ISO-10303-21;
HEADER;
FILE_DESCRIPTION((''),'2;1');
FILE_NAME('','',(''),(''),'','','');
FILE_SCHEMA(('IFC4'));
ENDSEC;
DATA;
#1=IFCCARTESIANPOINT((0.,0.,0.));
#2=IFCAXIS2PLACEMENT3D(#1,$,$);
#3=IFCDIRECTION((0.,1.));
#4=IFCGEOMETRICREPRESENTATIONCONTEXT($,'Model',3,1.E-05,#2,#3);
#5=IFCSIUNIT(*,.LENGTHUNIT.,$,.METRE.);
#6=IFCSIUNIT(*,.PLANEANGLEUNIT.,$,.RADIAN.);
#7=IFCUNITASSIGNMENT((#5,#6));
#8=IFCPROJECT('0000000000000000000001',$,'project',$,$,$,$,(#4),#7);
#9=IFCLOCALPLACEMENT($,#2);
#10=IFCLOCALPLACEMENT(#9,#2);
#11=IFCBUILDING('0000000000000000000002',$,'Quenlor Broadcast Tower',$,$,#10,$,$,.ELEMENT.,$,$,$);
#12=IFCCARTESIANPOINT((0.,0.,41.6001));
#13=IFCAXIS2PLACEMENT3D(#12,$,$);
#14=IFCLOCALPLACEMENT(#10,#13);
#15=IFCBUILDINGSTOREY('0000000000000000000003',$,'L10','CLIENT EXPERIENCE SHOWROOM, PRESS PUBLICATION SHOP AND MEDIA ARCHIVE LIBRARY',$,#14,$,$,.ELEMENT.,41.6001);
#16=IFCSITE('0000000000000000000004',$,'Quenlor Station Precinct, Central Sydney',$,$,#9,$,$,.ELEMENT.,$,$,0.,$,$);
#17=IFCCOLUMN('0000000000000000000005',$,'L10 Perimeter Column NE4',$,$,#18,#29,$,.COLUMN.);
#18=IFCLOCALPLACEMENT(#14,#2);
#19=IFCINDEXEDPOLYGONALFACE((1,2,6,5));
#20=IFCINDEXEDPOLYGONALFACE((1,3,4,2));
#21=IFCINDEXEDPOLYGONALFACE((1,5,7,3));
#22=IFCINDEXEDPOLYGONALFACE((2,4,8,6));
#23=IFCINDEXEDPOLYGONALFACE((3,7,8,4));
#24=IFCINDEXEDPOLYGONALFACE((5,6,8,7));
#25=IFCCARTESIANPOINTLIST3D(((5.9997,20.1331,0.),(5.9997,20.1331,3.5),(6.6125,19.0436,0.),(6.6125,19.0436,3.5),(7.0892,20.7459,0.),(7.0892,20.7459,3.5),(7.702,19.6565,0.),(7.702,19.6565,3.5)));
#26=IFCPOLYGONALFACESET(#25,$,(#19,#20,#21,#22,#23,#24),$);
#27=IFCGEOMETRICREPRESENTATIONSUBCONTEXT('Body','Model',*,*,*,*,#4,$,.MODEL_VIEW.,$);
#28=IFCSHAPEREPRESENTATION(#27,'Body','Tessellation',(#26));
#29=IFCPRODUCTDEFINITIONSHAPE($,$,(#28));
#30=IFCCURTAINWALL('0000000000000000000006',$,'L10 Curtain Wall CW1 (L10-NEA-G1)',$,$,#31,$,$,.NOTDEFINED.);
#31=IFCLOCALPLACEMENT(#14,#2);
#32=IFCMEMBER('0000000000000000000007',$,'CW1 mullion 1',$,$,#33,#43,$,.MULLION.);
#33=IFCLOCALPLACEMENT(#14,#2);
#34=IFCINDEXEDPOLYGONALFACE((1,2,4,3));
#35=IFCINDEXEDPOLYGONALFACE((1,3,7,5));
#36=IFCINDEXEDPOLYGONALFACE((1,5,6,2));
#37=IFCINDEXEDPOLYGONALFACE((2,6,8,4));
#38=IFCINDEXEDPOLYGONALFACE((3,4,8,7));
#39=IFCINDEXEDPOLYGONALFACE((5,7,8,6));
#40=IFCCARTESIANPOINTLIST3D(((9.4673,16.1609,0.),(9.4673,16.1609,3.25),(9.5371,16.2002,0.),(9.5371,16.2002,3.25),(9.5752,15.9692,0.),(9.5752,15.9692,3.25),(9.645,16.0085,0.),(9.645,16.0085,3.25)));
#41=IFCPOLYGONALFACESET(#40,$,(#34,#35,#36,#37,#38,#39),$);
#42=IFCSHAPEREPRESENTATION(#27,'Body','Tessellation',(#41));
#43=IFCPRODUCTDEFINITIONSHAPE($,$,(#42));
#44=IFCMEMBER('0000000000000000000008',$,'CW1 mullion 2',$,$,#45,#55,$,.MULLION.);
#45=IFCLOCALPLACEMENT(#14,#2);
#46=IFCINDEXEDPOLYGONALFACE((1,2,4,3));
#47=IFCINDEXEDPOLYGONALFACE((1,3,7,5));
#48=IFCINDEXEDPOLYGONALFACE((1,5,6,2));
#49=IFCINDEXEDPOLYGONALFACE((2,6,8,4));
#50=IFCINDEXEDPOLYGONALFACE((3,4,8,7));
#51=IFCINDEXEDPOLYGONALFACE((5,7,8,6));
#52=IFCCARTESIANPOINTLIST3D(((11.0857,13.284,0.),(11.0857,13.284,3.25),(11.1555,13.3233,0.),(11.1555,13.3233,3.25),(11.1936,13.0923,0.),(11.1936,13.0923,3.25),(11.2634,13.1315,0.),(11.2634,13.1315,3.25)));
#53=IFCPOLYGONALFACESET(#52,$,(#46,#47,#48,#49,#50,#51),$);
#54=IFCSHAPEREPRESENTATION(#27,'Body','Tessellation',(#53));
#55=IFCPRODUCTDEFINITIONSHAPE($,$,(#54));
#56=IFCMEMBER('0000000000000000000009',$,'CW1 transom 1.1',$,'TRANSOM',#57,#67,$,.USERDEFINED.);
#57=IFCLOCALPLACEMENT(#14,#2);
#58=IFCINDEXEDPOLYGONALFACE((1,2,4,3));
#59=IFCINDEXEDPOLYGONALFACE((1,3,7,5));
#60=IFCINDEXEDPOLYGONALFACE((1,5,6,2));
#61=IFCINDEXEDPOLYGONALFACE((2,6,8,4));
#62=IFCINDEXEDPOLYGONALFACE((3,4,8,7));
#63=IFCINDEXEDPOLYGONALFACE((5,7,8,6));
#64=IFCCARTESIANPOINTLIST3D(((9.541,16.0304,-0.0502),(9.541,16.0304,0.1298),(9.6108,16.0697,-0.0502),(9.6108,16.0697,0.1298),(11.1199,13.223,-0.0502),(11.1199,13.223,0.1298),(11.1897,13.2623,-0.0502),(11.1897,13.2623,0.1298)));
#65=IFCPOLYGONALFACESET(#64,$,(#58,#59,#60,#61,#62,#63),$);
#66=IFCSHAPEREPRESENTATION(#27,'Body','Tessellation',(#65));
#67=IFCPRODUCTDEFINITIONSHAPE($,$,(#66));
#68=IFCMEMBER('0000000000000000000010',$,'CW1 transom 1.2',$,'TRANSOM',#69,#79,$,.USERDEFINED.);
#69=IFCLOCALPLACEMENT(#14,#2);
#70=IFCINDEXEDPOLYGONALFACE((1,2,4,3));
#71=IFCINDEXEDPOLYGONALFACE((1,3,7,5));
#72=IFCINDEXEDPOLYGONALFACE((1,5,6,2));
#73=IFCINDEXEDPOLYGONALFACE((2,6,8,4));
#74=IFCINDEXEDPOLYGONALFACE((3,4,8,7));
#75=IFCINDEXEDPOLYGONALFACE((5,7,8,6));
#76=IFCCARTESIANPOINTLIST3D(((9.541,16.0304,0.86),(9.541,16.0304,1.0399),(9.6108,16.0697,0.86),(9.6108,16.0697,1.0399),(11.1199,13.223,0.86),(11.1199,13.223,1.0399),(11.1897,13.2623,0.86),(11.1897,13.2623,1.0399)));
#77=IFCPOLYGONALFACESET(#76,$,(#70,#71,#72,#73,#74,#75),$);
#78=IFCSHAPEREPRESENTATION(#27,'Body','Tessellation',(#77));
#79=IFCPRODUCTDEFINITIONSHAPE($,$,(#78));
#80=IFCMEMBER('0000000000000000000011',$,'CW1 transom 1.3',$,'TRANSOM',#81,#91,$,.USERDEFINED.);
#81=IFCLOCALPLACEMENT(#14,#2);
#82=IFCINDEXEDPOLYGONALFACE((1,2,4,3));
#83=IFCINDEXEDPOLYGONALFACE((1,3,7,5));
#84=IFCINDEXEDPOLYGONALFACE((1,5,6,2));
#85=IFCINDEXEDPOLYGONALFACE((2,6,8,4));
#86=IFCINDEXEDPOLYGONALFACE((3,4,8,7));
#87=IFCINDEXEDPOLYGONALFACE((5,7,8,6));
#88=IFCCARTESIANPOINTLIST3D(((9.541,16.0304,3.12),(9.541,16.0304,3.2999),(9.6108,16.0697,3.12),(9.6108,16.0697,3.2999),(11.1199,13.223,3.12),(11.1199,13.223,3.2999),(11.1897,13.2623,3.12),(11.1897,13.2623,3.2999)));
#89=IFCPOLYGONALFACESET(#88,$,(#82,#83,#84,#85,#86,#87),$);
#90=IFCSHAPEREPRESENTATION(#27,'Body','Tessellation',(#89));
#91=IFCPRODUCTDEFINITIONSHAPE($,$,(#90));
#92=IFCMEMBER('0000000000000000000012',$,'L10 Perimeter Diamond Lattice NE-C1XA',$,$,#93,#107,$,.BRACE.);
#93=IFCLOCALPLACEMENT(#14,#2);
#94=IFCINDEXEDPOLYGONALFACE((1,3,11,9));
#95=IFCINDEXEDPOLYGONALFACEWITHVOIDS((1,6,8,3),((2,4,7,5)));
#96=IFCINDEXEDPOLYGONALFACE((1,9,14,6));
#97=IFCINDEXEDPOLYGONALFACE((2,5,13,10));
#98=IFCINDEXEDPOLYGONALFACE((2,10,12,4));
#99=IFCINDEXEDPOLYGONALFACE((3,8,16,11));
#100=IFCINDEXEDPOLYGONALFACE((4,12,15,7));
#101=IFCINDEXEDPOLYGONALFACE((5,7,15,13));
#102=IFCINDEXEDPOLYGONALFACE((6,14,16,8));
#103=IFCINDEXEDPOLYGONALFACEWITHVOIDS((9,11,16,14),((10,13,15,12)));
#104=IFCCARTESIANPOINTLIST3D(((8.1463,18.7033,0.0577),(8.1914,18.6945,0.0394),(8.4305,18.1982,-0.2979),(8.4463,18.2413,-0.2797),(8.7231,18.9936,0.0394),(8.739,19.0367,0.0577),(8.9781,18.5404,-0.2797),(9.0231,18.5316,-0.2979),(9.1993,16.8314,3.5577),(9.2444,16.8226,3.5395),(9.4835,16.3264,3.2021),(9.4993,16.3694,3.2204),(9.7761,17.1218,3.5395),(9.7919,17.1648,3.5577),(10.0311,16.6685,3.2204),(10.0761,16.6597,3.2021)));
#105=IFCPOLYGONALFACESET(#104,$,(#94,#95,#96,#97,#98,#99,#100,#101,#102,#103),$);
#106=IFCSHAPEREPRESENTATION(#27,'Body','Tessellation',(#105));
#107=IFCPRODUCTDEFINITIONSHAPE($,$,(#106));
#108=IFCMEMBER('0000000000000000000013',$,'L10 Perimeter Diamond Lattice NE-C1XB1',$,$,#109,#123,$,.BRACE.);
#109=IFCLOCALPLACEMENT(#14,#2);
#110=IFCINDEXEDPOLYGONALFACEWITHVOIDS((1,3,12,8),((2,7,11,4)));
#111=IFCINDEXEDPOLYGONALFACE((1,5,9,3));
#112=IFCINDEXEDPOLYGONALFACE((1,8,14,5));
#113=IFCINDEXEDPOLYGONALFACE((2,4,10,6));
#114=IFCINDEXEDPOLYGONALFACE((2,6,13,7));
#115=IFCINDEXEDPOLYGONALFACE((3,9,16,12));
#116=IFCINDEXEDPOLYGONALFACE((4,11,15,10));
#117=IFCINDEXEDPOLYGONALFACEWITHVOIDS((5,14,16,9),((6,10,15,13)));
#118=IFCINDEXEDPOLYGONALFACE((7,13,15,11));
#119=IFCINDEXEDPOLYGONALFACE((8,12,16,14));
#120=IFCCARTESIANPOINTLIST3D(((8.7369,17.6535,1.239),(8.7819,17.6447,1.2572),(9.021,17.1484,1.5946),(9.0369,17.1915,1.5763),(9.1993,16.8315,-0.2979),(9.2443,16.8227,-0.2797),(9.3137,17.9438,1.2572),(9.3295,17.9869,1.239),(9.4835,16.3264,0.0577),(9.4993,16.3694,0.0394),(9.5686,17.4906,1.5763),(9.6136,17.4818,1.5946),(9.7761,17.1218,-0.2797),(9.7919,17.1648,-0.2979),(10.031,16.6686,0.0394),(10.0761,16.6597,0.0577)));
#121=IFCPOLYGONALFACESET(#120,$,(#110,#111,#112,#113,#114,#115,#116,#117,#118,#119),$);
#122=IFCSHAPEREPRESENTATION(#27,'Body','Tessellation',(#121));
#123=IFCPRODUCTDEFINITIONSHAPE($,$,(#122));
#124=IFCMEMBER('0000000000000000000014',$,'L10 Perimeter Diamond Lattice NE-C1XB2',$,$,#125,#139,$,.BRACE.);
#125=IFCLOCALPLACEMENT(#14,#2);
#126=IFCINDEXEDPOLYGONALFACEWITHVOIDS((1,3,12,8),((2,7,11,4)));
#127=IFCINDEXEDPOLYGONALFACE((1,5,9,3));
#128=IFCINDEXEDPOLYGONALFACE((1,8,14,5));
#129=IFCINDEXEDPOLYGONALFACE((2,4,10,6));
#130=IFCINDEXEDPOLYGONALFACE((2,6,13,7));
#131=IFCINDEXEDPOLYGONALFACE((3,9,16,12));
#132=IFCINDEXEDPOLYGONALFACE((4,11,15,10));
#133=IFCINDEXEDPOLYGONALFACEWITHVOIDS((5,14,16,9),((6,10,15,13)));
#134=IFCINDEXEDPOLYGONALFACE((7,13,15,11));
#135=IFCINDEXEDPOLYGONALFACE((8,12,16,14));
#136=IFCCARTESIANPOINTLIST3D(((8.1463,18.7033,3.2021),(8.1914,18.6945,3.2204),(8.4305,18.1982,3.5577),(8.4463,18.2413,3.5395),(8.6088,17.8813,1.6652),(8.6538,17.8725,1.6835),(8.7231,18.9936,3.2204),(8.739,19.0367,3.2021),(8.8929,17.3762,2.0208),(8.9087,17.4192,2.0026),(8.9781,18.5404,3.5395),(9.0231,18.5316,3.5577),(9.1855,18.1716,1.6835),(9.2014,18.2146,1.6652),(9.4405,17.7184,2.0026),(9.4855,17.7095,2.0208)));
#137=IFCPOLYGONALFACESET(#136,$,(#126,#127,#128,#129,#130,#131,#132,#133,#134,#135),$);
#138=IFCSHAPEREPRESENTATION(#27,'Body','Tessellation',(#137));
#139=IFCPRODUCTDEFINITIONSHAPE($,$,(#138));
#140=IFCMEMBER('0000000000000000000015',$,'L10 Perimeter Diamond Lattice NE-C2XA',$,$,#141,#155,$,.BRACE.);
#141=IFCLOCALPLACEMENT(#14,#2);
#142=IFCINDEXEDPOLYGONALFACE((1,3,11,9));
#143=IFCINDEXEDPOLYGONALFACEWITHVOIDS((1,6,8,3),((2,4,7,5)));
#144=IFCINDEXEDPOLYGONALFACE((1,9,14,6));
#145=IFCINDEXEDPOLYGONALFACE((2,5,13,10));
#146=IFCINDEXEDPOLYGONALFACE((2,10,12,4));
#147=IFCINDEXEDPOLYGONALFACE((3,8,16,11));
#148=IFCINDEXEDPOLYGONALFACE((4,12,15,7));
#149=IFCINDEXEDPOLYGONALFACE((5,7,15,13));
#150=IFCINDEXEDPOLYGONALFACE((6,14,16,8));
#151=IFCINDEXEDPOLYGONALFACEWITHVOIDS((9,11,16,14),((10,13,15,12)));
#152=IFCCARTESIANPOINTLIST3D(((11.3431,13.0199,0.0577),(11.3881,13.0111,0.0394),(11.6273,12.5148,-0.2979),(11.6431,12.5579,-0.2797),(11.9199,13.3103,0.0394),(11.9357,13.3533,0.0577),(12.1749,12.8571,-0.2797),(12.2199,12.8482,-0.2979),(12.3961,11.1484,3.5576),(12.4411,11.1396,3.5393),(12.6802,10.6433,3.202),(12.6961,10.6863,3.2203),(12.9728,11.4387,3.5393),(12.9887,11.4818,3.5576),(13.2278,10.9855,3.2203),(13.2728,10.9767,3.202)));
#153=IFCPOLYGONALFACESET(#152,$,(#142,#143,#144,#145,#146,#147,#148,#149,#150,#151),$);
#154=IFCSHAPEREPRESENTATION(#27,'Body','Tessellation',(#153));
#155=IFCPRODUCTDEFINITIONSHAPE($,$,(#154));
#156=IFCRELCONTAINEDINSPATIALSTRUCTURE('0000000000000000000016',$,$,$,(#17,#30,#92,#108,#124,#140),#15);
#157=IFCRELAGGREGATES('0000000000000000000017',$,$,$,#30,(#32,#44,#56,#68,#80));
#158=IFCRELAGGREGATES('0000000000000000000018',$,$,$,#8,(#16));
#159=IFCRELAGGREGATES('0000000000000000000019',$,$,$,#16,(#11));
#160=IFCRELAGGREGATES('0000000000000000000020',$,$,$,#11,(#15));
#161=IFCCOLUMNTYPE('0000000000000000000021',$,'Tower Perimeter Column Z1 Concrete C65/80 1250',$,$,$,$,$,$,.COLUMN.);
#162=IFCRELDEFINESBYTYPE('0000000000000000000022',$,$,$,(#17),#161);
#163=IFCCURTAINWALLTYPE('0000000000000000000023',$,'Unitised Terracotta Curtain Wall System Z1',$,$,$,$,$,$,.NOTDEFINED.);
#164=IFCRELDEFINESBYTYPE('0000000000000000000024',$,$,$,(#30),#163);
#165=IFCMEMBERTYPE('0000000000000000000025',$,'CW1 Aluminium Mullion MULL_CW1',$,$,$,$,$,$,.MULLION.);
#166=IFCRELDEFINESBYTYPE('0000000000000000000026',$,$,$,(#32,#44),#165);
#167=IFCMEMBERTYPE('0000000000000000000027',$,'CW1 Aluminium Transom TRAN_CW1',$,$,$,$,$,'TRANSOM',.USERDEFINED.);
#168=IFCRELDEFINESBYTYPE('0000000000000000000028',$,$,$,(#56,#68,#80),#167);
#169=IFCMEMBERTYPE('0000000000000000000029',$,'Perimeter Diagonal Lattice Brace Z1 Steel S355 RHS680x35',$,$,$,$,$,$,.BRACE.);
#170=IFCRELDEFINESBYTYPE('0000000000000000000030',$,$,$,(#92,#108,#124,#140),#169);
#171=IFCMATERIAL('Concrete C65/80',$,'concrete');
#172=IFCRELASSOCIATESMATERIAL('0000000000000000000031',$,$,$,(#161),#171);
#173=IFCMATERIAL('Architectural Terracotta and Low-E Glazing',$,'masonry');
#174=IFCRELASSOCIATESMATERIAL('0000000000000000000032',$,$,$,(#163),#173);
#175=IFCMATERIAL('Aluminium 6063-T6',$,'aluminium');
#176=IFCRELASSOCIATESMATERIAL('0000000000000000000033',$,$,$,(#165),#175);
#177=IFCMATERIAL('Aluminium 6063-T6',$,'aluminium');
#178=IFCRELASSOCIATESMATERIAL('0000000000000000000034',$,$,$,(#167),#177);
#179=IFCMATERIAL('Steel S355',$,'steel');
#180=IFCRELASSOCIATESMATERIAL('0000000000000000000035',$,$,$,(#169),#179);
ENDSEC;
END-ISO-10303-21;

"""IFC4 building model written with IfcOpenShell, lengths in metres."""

from ifc_helpers import new_model, si_unit, direction, frame, origin, origin_2d, place, context, subcontext, project, spatial, rectangle, hollow_rectangle, extrude, material, material_profile, profile_set, type_object, element, aggregate, save


model = new_model("IFC4")

# Units and contexts
model_context = context("Model", 3, precision=1e-05, world=origin(), true_north=direction((0.0, 1.0)))
body_context = subcontext(model_context, "Body", "Model", "MODEL_VIEW")
ifc_project = project(units=[si_unit("LENGTHUNIT", "METRE"), si_unit("PLANEANGLEUNIT", "RADIAN")], contexts=[model_context])

# Site, building, storey
site_placement = place(None, origin())
site = spatial("IfcSite", under=ifc_project, at=site_placement, Name="Quenlor Station Precinct, Central Sydney", CompositionType="ELEMENT", RefElevation=0.0)
building_placement = place(site_placement, origin())
building = spatial("IfcBuilding", under=site, at=building_placement, Name="Quenlor Broadcast Tower", CompositionType="ELEMENT")
storey_placement = place(building_placement, frame((0.0, 0.0, 41.6001)))
storey = spatial("IfcBuildingStorey", under=building, at=storey_placement, Name="L10", Description="CLIENT EXPERIENCE SHOWROOM, PRESS PUBLICATION SHOP AND MEDIA ARCHIVE LIBRARY", CompositionType="ELEMENT", Elevation=41.6001)

# Column
ifc_material_1 = material(Name="Concrete C65/80", Category="concrete")
ifc_material_profile_1 = material_profile(ifc_material_1, rectangle(XDim=1.25, YDim=1.25, at=origin_2d()))
ifc_profile_set_1 = profile_set([ifc_material_profile_1], Name="Concrete C65/80 RC1250x1250")
column_type = type_object("IfcColumnType", Name="Tower Perimeter Column Z1 Concrete C65/80 1250", PredefinedType="COLUMN", material=ifc_profile_set_1)
column_placement = place(storey_placement, frame((6.8508, 19.8948, 0.0), z_axis=(0.0, 0.0, 1.0), x_axis=(0.871575, 0.490262, 0.0)))
element("IfcColumn", 1, at=column_placement, inside=storey, type_object=column_type, Name="L10 Perimeter Column NE4", PredefinedType="COLUMN", context=body_context, shape_type="SweptSolid", body=[
    extrude(rectangle(XDim=1.25, YDim=1.25, at=origin_2d()), origin(), (0.0, 0.0, 1.0), 3.5),
])

# Curtain wall, members
ifc_material_2 = material(Name="Architectural Terracotta and Low-E Glazing", Category="masonry")
curtain_wall_type = type_object("IfcCurtainWallType", Name="Unitised Terracotta Curtain Wall System Z1", PredefinedType="NOTDEFINED", material=ifc_material_2)
curtain_wall_placement = place(storey_placement, origin())
curtain_wall = element("IfcCurtainWall", 2, at=curtain_wall_placement, inside=storey, type_object=curtain_wall_type, Name="L10 Curtain Wall CW1 (L10-NEA-G1)", PredefinedType="NOTDEFINED")
ifc_material_3 = material(Name="Aluminium 6063-T6", Category="aluminium")
ifc_material_profile_2 = material_profile(ifc_material_3, rectangle(XDim=0.0801, YDim=0.22, at=origin_2d()))
ifc_profile_set_2 = profile_set([ifc_material_profile_2], Name="Aluminium 6063-T6 MULL80x220")
member_type_1 = type_object("IfcMemberType", Name="CW1 Aluminium Mullion MULL_CW1", PredefinedType="MULLION", material=ifc_profile_set_2)
member_1_placement = place(storey_placement, frame((9.5562, 16.0847, 0.0), z_axis=(0.0, 0.0, 1.0), x_axis=(0.871585, 0.490244, 0.0)))
member_1 = element("IfcMember", 3, at=member_1_placement, type_object=member_type_1, Name="CW1 mullion 1", PredefinedType="MULLION", context=body_context, shape_type="SweptSolid", body=[
    extrude(rectangle(XDim=0.0801, YDim=0.22, at=origin_2d()), origin(), (0.0, 0.0, 1.0), 3.25),
])
member_2_placement = place(storey_placement, frame((11.1746, 13.2078, 0.0), z_axis=(0.0, 0.0, 1.0), x_axis=(0.871585, 0.490244, 0.0)))
member_2 = element("IfcMember", 4, at=member_2_placement, type_object=member_type_1, Name="CW1 mullion 2", PredefinedType="MULLION", context=body_context, shape_type="SweptSolid", body=[
    extrude(rectangle(XDim=0.0801, YDim=0.22, at=origin_2d()), origin(), (0.0, 0.0, 1.0), 3.25),
])
ifc_material_4 = material(Name="Aluminium 6063-T6", Category="aluminium")
ifc_material_profile_3 = material_profile(ifc_material_4, rectangle(XDim=0.0801, YDim=0.1799, at=origin_2d()))
ifc_profile_set_3 = profile_set([ifc_material_profile_3], Name="Aluminium 6063-T6 TRAN80x180")
member_type_2 = type_object("IfcMemberType", Name="CW1 Aluminium Transom TRAN_CW1", ElementType="TRANSOM", PredefinedType="USERDEFINED", material=ifc_profile_set_3)
member_3_placement = place(storey_placement, frame((9.5759, 16.05, 0.0398), z_axis=(0.490193, -0.871614, 0.0), x_axis=(0.871614, 0.490193, 0.0)))
member_3 = element("IfcMember", 5, at=member_3_placement, type_object=member_type_2, Name="CW1 transom 1.1", ObjectType="TRANSOM", PredefinedType="USERDEFINED", context=body_context, shape_type="SweptSolid", body=[
    extrude(rectangle(XDim=0.0801, YDim=0.1799, at=origin_2d()), origin(), (0.0, 0.0, 1.0), 3.2209),
])
member_4_placement = place(storey_placement, frame((9.5759, 16.05, 0.95), z_axis=(0.490193, -0.871614, 0.0), x_axis=(0.871614, 0.490193, 0.0)))
member_4 = element("IfcMember", 6, at=member_4_placement, type_object=member_type_2, Name="CW1 transom 1.2", ObjectType="TRANSOM", PredefinedType="USERDEFINED", context=body_context, shape_type="SweptSolid", body=[
    extrude(rectangle(XDim=0.0801, YDim=0.1799, at=origin_2d()), origin(), (0.0, 0.0, 1.0), 3.2209),
])
member_5_placement = place(storey_placement, frame((9.5759, 16.05, 3.21), z_axis=(0.490193, -0.871614, 0.0), x_axis=(0.871614, 0.490193, 0.0)))
member_5 = element("IfcMember", 7, at=member_5_placement, type_object=member_type_2, Name="CW1 transom 1.3", ObjectType="TRANSOM", PredefinedType="USERDEFINED", context=body_context, shape_type="SweptSolid", body=[
    extrude(rectangle(XDim=0.0801, YDim=0.1799, at=origin_2d()), origin(), (0.0, 0.0, 1.0), 3.2209),
])

# Members
ifc_material_5 = material(Name="Steel S355", Category="steel")
ifc_material_profile_4 = material_profile(ifc_material_5, hollow_rectangle(XDim=0.6799, YDim=0.6799, WallThickness=0.0349, at=origin_2d()))
ifc_profile_set_4 = profile_set([ifc_material_profile_4], Name="Steel S355 RHS680x680x35")
member_type_3 = type_object("IfcMemberType", Name="Perimeter Diagonal Lattice Brace Z1 Steel S355 RHS680x35", PredefinedType="BRACE", material=ifc_profile_set_4)
member_6_placement = place(storey_placement, frame((8.5847, 18.6174, -0.1201), z_axis=(0.256424, -0.455832, 0.852329), x_axis=(0.87156, 0.490288, 0.0)))
element("IfcMember", 8, at=member_6_placement, inside=storey, type_object=member_type_3, Name="L10 Perimeter Diamond Lattice NE-C1XA", PredefinedType="BRACE", context=body_context, shape_type="SweptSolid", body=[
    extrude(hollow_rectangle(XDim=0.6799, YDim=0.6799, WallThickness=0.0349, at=origin_2d()), origin(), (0.0, 0.0, 1.0), 4.1064),
])
for number, where, z_axis, x_axis, name in (
    (9, (9.6377, 16.7456, -0.1201), (-0.256436, 0.455871, 0.852304), (-0.871569, -0.490274, 0.0), "L10 Perimeter Diamond Lattice NE-C1XB1"),
    (10, (9.0471, 17.7954, 1.843), (-0.256436, 0.455871, 0.852304), (-0.871569, -0.490274, 0.0), "L10 Perimeter Diamond Lattice NE-C1XB2"),
):
    element("IfcMember", number, at=place(storey_placement, frame(where, z_axis=z_axis, x_axis=x_axis)), inside=storey, type_object=member_type_3, Name=name, PredefinedType="BRACE", context=body_context, shape_type="SweptSolid", body=[
        extrude(hollow_rectangle(XDim=0.6799, YDim=0.6799, WallThickness=0.0349, at=origin_2d()), origin(), (0.0, 0.0, 1.0), 1.8032),
    ])
member_7_placement = place(storey_placement, frame((11.7815, 12.9341, -0.1201), z_axis=(0.256431, -0.455785, 0.852352), x_axis=(0.871533, 0.490337, 0.0)))
element("IfcMember", 11, at=member_7_placement, inside=storey, type_object=member_type_3, Name="L10 Perimeter Diamond Lattice NE-C2XA", PredefinedType="BRACE", context=body_context, shape_type="SweptSolid", body=[
    extrude(hollow_rectangle(XDim=0.6799, YDim=0.6799, WallThickness=0.0349, at=origin_2d()), origin(), (0.0, 0.0, 1.0), 4.1062),
])

aggregate(curtain_wall, [member_1, member_2, member_3, member_4, member_5])

save(model, "model.ifc")
